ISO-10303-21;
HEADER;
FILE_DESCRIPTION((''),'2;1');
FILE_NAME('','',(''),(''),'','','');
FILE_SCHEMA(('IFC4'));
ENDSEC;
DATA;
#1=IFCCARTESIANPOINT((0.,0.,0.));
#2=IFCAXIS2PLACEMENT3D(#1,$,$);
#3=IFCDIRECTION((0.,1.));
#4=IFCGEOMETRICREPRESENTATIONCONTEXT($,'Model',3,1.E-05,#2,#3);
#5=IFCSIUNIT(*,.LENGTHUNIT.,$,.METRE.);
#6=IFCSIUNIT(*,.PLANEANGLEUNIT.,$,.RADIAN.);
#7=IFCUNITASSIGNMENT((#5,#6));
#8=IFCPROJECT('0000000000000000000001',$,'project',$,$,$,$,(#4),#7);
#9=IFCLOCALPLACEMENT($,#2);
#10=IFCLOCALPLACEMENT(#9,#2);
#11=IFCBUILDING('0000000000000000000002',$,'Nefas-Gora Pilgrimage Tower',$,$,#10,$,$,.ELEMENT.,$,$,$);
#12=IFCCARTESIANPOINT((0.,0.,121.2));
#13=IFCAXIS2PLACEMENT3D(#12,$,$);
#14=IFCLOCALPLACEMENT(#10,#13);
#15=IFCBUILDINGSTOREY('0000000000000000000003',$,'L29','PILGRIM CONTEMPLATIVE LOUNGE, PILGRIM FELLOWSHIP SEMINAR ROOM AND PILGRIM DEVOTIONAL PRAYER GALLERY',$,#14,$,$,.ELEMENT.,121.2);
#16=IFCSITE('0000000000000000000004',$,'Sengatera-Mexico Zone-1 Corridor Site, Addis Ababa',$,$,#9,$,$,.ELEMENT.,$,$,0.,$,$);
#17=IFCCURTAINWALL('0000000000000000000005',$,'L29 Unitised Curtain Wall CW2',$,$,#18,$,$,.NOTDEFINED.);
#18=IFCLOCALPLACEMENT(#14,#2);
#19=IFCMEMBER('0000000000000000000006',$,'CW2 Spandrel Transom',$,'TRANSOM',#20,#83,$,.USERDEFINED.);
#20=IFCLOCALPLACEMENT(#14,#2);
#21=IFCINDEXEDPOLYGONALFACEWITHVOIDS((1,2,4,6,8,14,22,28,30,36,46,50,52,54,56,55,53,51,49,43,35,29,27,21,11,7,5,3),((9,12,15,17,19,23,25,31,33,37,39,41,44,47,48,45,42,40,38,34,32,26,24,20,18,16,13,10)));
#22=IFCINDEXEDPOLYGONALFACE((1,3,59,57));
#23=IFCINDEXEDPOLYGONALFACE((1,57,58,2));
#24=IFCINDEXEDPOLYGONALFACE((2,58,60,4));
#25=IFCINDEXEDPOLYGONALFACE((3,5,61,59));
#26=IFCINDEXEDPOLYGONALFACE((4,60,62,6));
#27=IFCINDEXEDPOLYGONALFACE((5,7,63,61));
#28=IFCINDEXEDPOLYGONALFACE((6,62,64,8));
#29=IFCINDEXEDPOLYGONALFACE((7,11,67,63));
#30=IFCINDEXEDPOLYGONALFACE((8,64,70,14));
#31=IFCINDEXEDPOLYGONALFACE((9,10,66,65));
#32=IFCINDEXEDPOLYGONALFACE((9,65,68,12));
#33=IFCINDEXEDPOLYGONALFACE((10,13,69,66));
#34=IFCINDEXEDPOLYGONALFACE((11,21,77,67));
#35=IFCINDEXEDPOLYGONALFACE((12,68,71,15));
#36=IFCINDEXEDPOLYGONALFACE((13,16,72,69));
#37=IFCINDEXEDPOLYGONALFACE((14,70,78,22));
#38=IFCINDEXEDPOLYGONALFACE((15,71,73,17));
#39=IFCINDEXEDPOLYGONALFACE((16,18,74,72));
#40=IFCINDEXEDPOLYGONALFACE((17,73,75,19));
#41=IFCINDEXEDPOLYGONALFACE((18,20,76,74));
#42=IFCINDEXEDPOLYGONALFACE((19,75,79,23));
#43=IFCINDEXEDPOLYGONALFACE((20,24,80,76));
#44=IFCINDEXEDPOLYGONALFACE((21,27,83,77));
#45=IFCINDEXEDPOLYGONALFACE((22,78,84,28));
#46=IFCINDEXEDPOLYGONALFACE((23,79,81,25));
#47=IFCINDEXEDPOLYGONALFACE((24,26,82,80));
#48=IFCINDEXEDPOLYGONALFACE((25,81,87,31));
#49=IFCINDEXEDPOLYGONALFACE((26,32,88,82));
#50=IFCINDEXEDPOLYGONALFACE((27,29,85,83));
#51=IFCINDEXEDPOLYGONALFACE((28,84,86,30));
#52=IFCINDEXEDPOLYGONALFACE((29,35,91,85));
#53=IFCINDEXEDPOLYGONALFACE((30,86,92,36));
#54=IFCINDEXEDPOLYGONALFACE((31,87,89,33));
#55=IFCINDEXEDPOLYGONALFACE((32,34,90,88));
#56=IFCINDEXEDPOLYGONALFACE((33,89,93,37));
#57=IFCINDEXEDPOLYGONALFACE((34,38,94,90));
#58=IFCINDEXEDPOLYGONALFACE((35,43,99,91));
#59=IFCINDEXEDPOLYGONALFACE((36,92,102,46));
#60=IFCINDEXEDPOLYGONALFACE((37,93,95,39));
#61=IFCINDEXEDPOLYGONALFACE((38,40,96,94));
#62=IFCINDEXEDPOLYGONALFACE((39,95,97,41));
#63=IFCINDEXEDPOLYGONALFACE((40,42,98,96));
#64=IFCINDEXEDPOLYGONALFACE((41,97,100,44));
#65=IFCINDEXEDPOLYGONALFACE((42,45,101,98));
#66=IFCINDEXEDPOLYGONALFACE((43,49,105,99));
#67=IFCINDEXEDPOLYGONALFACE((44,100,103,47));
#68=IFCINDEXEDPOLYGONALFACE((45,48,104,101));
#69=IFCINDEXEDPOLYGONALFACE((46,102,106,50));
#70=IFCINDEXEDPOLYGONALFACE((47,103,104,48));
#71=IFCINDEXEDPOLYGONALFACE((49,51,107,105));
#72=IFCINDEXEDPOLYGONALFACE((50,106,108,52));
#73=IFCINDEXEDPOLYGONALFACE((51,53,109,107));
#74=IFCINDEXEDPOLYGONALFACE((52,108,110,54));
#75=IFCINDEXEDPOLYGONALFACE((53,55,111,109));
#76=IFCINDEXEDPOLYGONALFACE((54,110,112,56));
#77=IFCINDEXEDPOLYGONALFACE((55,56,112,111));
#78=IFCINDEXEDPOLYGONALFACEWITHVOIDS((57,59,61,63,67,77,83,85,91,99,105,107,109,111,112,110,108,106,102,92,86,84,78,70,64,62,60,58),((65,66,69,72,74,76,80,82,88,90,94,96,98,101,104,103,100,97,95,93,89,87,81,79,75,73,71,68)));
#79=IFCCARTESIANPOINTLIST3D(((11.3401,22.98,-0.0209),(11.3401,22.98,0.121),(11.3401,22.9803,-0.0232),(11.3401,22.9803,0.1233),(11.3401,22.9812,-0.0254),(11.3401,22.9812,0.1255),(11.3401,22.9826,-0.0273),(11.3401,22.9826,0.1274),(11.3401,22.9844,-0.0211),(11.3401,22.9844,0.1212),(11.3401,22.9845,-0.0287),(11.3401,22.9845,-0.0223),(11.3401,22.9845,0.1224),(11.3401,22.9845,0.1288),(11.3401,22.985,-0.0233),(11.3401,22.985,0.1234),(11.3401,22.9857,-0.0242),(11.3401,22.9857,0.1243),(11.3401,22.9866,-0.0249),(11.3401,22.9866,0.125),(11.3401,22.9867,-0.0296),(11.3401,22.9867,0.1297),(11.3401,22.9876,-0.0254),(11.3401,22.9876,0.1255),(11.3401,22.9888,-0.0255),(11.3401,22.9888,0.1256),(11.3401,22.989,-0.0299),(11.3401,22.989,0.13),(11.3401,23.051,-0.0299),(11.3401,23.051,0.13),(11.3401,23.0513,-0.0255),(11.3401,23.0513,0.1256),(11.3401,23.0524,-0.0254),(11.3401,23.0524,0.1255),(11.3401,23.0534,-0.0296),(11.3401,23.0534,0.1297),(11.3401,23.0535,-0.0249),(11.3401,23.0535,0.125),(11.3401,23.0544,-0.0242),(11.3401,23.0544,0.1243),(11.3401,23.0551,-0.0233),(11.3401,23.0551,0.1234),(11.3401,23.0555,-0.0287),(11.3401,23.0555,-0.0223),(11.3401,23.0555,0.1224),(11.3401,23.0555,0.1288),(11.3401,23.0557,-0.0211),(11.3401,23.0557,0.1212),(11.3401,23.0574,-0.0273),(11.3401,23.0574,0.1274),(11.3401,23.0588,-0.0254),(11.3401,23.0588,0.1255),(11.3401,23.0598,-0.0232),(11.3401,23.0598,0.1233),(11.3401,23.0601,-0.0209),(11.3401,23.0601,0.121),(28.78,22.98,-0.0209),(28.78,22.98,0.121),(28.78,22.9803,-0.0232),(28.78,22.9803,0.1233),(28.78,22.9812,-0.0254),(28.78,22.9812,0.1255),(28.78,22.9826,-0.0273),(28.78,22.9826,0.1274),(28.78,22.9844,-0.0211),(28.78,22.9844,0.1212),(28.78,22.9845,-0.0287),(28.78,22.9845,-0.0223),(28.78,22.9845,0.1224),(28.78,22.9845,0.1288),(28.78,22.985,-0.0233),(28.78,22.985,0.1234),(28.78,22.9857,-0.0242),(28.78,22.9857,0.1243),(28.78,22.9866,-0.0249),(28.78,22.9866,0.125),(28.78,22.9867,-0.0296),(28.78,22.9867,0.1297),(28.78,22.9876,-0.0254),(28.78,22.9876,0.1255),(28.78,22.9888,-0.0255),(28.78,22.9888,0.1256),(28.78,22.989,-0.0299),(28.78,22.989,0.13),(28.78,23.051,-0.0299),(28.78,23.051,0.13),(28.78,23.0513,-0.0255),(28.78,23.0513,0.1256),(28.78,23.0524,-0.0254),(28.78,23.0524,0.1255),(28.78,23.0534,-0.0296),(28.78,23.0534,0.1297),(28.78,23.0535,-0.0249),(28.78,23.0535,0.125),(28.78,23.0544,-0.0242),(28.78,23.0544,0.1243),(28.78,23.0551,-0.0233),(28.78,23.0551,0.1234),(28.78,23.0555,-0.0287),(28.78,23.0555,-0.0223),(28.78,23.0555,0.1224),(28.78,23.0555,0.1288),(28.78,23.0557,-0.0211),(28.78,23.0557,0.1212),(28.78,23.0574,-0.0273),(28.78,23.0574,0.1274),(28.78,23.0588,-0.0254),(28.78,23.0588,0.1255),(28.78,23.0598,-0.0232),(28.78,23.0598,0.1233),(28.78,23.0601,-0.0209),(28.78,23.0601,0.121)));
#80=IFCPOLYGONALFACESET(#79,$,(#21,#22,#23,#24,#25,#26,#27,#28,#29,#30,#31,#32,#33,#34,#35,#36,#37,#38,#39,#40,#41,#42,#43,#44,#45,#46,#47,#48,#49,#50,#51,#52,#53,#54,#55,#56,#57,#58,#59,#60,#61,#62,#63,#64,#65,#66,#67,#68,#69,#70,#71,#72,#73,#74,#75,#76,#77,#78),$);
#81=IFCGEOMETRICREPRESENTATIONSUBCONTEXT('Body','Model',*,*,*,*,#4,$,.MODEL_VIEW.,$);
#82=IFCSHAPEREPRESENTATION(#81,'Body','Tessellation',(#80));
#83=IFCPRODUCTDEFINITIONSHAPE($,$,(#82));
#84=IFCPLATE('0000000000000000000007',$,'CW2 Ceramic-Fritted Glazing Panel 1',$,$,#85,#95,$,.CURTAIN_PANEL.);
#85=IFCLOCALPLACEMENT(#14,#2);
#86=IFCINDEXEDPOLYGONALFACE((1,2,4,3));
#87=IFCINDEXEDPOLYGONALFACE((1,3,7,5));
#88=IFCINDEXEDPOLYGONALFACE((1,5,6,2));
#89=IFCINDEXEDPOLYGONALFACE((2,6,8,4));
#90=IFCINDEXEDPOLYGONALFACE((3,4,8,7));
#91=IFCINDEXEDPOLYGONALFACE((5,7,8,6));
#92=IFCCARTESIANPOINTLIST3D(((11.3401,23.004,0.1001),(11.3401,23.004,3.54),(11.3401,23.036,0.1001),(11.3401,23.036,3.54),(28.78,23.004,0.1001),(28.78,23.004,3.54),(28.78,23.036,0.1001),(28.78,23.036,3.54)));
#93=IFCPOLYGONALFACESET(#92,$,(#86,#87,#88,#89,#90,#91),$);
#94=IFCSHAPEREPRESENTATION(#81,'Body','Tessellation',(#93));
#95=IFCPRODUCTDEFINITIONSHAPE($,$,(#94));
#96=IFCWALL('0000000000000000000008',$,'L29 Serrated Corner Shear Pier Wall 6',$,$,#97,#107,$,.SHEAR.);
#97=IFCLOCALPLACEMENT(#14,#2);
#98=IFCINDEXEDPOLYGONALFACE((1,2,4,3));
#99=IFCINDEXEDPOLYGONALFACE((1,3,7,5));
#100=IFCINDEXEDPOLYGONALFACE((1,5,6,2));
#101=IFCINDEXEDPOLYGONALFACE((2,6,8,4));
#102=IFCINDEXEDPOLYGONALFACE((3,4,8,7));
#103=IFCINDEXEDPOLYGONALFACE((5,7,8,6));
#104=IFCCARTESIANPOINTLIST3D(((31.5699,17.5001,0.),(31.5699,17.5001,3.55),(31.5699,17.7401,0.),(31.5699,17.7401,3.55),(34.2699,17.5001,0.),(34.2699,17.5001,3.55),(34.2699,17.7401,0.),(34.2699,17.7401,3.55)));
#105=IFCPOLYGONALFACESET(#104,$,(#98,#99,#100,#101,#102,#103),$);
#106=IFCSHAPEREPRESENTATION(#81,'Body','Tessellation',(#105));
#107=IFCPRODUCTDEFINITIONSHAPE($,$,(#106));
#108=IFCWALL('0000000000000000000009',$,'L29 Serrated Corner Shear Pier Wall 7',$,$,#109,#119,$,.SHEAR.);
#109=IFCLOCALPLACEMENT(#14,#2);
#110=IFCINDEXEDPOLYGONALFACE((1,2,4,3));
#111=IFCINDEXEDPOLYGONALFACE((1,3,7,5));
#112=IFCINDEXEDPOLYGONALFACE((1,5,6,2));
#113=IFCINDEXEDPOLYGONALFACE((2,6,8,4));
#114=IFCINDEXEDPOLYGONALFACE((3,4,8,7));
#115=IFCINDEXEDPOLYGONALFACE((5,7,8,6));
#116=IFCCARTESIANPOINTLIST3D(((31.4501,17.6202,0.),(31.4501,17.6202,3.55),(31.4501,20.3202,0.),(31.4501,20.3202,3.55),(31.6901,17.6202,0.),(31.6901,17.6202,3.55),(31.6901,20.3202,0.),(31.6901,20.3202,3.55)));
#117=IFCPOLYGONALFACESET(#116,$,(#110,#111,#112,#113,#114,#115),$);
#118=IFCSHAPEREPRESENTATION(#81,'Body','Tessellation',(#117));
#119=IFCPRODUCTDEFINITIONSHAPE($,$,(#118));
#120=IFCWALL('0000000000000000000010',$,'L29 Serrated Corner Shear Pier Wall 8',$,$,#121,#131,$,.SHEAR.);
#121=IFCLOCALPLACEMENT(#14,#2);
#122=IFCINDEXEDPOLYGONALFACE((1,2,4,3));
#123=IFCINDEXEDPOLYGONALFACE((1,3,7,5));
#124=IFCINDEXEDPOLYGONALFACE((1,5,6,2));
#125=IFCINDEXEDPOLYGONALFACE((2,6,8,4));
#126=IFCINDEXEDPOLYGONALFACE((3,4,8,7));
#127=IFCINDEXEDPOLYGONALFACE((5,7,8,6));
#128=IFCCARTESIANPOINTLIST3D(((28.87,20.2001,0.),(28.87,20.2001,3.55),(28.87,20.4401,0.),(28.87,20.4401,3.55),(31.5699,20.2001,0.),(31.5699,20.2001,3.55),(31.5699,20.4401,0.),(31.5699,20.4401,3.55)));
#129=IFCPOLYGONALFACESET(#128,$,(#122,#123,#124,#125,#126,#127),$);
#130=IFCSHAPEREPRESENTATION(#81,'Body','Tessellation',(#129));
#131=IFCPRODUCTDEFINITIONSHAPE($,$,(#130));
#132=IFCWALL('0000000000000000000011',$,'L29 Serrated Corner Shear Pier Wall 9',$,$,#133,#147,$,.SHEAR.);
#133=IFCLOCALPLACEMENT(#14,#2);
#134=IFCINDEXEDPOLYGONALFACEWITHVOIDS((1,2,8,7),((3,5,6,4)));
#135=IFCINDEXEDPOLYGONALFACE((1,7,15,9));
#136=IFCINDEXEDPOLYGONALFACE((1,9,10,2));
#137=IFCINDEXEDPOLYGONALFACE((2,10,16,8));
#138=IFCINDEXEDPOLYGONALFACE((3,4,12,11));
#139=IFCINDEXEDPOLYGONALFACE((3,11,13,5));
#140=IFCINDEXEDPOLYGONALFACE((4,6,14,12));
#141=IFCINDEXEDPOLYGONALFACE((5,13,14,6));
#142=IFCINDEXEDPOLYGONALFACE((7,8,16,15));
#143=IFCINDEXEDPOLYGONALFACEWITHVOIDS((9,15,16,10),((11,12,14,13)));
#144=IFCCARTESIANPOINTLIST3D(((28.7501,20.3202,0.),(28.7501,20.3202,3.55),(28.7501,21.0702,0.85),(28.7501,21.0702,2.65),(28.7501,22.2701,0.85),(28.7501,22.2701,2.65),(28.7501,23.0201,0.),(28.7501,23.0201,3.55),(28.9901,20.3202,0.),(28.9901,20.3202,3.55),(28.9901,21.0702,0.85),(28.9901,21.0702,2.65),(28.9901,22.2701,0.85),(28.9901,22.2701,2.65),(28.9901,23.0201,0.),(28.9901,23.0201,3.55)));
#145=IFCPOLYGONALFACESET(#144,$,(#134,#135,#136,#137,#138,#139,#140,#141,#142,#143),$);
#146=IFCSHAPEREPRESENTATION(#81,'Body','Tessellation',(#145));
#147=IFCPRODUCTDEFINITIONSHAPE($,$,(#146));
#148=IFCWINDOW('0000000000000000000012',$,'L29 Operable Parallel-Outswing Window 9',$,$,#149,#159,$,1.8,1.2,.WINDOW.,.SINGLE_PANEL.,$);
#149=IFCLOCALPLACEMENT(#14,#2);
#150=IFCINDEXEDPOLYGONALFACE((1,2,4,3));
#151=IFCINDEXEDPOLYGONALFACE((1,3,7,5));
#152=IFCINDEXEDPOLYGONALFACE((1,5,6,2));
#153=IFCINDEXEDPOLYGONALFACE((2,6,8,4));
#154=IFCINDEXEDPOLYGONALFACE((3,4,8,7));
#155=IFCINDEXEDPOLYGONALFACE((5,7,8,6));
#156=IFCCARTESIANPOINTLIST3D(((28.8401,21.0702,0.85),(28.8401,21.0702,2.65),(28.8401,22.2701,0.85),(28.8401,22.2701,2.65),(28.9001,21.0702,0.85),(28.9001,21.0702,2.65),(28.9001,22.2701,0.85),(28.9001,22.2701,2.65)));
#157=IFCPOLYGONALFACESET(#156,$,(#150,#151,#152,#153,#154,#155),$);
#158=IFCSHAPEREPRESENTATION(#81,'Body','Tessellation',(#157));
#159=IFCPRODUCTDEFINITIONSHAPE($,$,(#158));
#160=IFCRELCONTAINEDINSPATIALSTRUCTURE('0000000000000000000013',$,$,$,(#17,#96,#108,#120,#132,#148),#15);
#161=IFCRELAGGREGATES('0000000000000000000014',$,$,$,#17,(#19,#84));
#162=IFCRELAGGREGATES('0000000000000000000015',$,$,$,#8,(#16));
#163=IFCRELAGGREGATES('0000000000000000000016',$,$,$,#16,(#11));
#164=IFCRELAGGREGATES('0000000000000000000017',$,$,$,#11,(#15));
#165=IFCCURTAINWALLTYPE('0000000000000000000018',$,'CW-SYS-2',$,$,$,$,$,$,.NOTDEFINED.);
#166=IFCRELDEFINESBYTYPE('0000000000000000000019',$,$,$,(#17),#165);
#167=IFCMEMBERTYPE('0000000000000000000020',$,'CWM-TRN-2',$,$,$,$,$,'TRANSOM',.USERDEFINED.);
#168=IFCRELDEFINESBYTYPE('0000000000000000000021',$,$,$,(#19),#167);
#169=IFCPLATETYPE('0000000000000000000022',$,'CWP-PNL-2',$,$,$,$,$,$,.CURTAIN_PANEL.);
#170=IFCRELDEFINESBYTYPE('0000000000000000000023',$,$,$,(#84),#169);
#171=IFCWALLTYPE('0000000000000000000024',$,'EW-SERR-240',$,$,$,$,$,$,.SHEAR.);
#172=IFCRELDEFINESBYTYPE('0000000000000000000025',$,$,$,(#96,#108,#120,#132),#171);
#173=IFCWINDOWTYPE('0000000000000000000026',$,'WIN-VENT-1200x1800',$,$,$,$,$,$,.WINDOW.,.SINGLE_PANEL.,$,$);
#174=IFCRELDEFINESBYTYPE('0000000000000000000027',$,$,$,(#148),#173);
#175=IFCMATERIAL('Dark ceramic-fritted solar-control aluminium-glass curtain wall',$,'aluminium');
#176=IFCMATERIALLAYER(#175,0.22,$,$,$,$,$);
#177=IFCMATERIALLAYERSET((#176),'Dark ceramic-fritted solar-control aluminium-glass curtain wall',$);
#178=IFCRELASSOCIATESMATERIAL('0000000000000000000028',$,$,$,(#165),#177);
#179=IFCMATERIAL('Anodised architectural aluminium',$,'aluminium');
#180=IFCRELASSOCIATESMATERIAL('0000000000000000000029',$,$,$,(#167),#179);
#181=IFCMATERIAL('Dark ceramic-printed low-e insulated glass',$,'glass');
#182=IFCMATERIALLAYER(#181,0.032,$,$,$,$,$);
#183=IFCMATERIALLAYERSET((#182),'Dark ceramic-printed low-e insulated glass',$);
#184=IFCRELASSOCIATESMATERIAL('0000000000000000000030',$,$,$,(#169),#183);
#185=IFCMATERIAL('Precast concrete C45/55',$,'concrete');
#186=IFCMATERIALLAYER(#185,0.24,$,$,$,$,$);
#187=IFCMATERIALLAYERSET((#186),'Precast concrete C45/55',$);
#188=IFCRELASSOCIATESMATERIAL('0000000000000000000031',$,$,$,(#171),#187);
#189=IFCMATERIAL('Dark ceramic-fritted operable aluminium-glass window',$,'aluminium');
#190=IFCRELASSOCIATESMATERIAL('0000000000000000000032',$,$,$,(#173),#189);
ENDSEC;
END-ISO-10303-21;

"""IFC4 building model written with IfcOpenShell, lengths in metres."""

from ifc_helpers import new_model, si_unit, direction, frame, frame_2d, origin, origin_2d, place, context, subcontext, project, spatial, rectangle, hollow_rectangle, extrude, source, transform, mapped, material, layer, layer_set, material_profile, profile_set, type_object, element, fill, aggregate, save


model = new_model("IFC4")

# Units and contexts
model_context = context("Model", 3, precision=1e-05, world=origin(), true_north=direction((0.0, 1.0)))
body_context = subcontext(model_context, "Body", "Model", "MODEL_VIEW")
ifc_project = project(units=[si_unit("LENGTHUNIT", "METRE"), si_unit("PLANEANGLEUNIT", "RADIAN")], contexts=[model_context])

# Site, building, storey
site_placement = place(None, origin())
site = spatial("IfcSite", under=ifc_project, at=site_placement, Name="Sengatera-Mexico Zone-1 Corridor Site, Addis Ababa", CompositionType="ELEMENT", RefElevation=0.0)
building_placement = place(site_placement, origin())
building = spatial("IfcBuilding", under=site, at=building_placement, Name="Nefas-Gora Pilgrimage Tower", CompositionType="ELEMENT")
storey_placement = place(building_placement, frame((0.0, 0.0, 121.2)))
storey = spatial("IfcBuildingStorey", under=building, at=storey_placement, Name="L29", Description="PILGRIM CONTEMPLATIVE LOUNGE, PILGRIM FELLOWSHIP SEMINAR ROOM AND PILGRIM DEVOTIONAL PRAYER GALLERY", CompositionType="ELEMENT", Elevation=121.2)

# Shared definitions
ifc_material_1 = material(Name="Dark ceramic-fritted solar-control aluminium-glass curtain wall", Category="aluminium")
ifc_layer_1 = layer(ifc_material_1, 0.22)
ifc_layer_set_1 = layer_set([ifc_layer_1], Name="Dark ceramic-fritted solar-control aluminium-glass curtain wall")
curtain_wall_type = type_object("IfcCurtainWallType", Name="CW-SYS-2", PredefinedType="NOTDEFINED", material=ifc_layer_set_1)
ifc_material_2 = material(Name="Anodised architectural aluminium", Category="aluminium")

# Curtain wall, member, plate
curtain_wall_1_placement = place(storey_placement, origin())
curtain_wall_1 = element("IfcCurtainWall", 1, at=curtain_wall_1_placement, inside=storey, type_object=curtain_wall_type, Name="L29 Unitised Curtain Wall CW2", PredefinedType="NOTDEFINED")
ifc_material_profile_1 = material_profile(ifc_material_2, hollow_rectangle(XDim=0.0801, YDim=0.1599, WallThickness=0.0044, InnerFilletRadius=0.0044, OuterFilletRadius=0.009, at=origin_2d()), Name="ALU TRANSOM 80x160")
ifc_profile_set_1 = profile_set([ifc_material_profile_1], Name="Anodised architectural aluminium")
member_type_1 = type_object("IfcMemberType", Name="CWM-TRN-2", ElementType="TRANSOM", PredefinedType="USERDEFINED", material=ifc_profile_set_1)
shared_shape_1 = source(origin(), body_context, "Body", "SweptSolid", [
    extrude(hollow_rectangle(XDim=0.0801, YDim=0.1599, WallThickness=0.0044, InnerFilletRadius=0.0044, OuterFilletRadius=0.009, at=origin_2d()), origin(), (0.0, 0.0, 1.0), 17.4399),
])
member_1_placement = place(storey_placement, frame((28.78, 23.02, 0.05), z_axis=(-1.0, 0.0, 0.0), x_axis=(0.0, -1.0, 0.0)))
member_1 = element("IfcMember", 2, at=member_1_placement, type_object=member_type_1, Name="CW2 Spandrel Transom", ObjectType="TRANSOM", PredefinedType="USERDEFINED", context=body_context, shape_type="MappedRepresentation", body=[
    mapped(shared_shape_1, transform((0.0, 0.0, 0.0), x_axis=(1.0, 0.0, 0.0), y_axis=(0.0, 1.0, 0.0), z_axis=(0.0, 0.0, 1.0), scale=1.0)),
])
ifc_material_3 = material(Name="Dark ceramic-printed low-e insulated glass", Category="glass")
ifc_layer_2 = layer(ifc_material_3, 0.032)
ifc_layer_set_2 = layer_set([ifc_layer_2], Name="Dark ceramic-printed low-e insulated glass")
plate_type = type_object("IfcPlateType", Name="CWP-PNL-2", PredefinedType="CURTAIN_PANEL", material=ifc_layer_set_2)
shared_shape_2 = source(origin(), body_context, "Body", "SweptSolid", [
    extrude(rectangle(XDim=17.4399, YDim=0.032, at=origin_2d()), origin(), (0.0, 0.0, 1.0), 3.4399),
])
plate_placement = place(storey_placement, frame((20.0601, 23.02, 0.1001), z_axis=(0.0, 0.0, 1.0), x_axis=(-1.0, 0.0, 0.0)))
plate = element("IfcPlate", 3, at=plate_placement, type_object=plate_type, Name="CW2 Ceramic-Fritted Glazing Panel 1", PredefinedType="CURTAIN_PANEL", context=body_context, shape_type="MappedRepresentation", body=[
    mapped(shared_shape_2, transform((0.0, 0.0, 0.0), x_axis=(1.0, 0.0, 0.0), y_axis=(0.0, 1.0, 0.0), z_axis=(0.0, 0.0, 1.0), scale=1.0)),
])
aggregate(curtain_wall_1, [member_1, plate])

# Walls
ifc_material_4 = material(Name="Precast concrete C45/55", Category="concrete")
ifc_layer_3 = layer(ifc_material_4, 0.24)
ifc_layer_set_3 = layer_set([ifc_layer_3], Name="Precast concrete C45/55")
wall_type = type_object("IfcWallType", Name="EW-SERR-240", PredefinedType="SHEAR", material=ifc_layer_set_3)
shared_shape_3 = source(origin(), body_context, "Body", "SweptSolid", [
    extrude(rectangle(XDim=2.7, YDim=0.24, at=frame_2d((1.3501, 0.0))), origin(), (0.0, 0.0, 1.0), 3.55),
])
for number, where, z_axis, x_axis, name in (
    (4, (34.27, 17.6201, 0.0), (0.0, 0.0, 1.0), (-1.0, 0.0, 0.0), "L29 Serrated Corner Shear Pier Wall 6"),
    (5, (31.5701, 17.6201, 0.0), (0.0, 0.0, 1.0), (0.0, 1.0, 0.0), "L29 Serrated Corner Shear Pier Wall 7"),
    (6, (31.5701, 20.3201, 0.0), (0.0, 0.0, 1.0), (-1.0, 0.0, 0.0), "L29 Serrated Corner Shear Pier Wall 8"),
):
    element("IfcWall", number, at=place(storey_placement, frame(where, z_axis=z_axis, x_axis=x_axis)), inside=storey, type_object=wall_type, Name=name, PredefinedType="SHEAR", context=body_context, shape_type="MappedRepresentation", body=[
        mapped(shared_shape_3, transform((0.0, 0.0, 0.0), x_axis=(1.0, 0.0, 0.0), y_axis=(0.0, 1.0, 0.0), z_axis=(0.0, 0.0, 1.0), scale=1.0)),
    ])

# Wall, opening, window
wall_placement = place(storey_placement, frame((28.8701, 20.3201, 0.0), z_axis=(0.0, 0.0, 1.0), x_axis=(0.0, 1.0, 0.0)))
wall = element("IfcWall", 7, at=wall_placement, inside=storey, type_object=wall_type, Name="L29 Serrated Corner Shear Pier Wall 9", PredefinedType="SHEAR", context=body_context, shape_type="MappedRepresentation", body=[
    mapped(shared_shape_3, transform((0.0, 0.0, 0.0), x_axis=(1.0, 0.0, 0.0), y_axis=(0.0, 1.0, 0.0), z_axis=(0.0, 0.0, 1.0), scale=1.0)),
])
opening_placement = place(wall_placement, frame((0.75, 0.0, 0.8501)))
opening = element("IfcOpeningElement", 8, at=opening_placement, cuts=wall, PredefinedType="OPENING", context=body_context, shape_type="SweptSolid", body=[
    extrude(rectangle(XDim=1.2, YDim=1.8, at=frame_2d((0.6001, 0.8999))), frame((0.0, 0.1299, 0.0), z_axis=(0.0, -1.0, 0.0), x_axis=(1.0, 0.0, 0.0)), (0.0, 0.0, 1.0), 0.26),
])
ifc_material_5 = material(Name="Dark ceramic-fritted operable aluminium-glass window", Category="aluminium")
window_type = type_object("IfcWindowType", Name="WIN-VENT-1200x1800", PartitioningType="SINGLE_PANEL", PredefinedType="WINDOW", material=ifc_material_5)
shared_shape_4 = source(origin(), body_context, "Body", "SweptSolid", [
    extrude(rectangle(XDim=1.2, YDim=1.8, at=frame_2d((0.6001, 0.8999))), frame((0.0, 0.03, 0.0), z_axis=(0.0, -1.0, 0.0), x_axis=(1.0, 0.0, 0.0)), (0.0, 0.0, 1.0), 0.0601),
])
window_placement = place(opening_placement, origin())
window = element("IfcWindow", 9, at=window_placement, inside=storey, type_object=window_type, Name="L29 Operable Parallel-Outswing Window 9", OverallHeight=1.8, OverallWidth=1.2, PartitioningType="SINGLE_PANEL", PredefinedType="WINDOW", context=body_context, shape_type="MappedRepresentation", body=[
    mapped(shared_shape_4, transform((0.0, 0.0, 0.0), x_axis=(1.0, 0.0, 0.0), y_axis=(0.0, 1.0, 0.0), z_axis=(0.0, 0.0, 1.0), scale=1.0)),
])
fill(opening, window)

save(model, "model.ifc")
